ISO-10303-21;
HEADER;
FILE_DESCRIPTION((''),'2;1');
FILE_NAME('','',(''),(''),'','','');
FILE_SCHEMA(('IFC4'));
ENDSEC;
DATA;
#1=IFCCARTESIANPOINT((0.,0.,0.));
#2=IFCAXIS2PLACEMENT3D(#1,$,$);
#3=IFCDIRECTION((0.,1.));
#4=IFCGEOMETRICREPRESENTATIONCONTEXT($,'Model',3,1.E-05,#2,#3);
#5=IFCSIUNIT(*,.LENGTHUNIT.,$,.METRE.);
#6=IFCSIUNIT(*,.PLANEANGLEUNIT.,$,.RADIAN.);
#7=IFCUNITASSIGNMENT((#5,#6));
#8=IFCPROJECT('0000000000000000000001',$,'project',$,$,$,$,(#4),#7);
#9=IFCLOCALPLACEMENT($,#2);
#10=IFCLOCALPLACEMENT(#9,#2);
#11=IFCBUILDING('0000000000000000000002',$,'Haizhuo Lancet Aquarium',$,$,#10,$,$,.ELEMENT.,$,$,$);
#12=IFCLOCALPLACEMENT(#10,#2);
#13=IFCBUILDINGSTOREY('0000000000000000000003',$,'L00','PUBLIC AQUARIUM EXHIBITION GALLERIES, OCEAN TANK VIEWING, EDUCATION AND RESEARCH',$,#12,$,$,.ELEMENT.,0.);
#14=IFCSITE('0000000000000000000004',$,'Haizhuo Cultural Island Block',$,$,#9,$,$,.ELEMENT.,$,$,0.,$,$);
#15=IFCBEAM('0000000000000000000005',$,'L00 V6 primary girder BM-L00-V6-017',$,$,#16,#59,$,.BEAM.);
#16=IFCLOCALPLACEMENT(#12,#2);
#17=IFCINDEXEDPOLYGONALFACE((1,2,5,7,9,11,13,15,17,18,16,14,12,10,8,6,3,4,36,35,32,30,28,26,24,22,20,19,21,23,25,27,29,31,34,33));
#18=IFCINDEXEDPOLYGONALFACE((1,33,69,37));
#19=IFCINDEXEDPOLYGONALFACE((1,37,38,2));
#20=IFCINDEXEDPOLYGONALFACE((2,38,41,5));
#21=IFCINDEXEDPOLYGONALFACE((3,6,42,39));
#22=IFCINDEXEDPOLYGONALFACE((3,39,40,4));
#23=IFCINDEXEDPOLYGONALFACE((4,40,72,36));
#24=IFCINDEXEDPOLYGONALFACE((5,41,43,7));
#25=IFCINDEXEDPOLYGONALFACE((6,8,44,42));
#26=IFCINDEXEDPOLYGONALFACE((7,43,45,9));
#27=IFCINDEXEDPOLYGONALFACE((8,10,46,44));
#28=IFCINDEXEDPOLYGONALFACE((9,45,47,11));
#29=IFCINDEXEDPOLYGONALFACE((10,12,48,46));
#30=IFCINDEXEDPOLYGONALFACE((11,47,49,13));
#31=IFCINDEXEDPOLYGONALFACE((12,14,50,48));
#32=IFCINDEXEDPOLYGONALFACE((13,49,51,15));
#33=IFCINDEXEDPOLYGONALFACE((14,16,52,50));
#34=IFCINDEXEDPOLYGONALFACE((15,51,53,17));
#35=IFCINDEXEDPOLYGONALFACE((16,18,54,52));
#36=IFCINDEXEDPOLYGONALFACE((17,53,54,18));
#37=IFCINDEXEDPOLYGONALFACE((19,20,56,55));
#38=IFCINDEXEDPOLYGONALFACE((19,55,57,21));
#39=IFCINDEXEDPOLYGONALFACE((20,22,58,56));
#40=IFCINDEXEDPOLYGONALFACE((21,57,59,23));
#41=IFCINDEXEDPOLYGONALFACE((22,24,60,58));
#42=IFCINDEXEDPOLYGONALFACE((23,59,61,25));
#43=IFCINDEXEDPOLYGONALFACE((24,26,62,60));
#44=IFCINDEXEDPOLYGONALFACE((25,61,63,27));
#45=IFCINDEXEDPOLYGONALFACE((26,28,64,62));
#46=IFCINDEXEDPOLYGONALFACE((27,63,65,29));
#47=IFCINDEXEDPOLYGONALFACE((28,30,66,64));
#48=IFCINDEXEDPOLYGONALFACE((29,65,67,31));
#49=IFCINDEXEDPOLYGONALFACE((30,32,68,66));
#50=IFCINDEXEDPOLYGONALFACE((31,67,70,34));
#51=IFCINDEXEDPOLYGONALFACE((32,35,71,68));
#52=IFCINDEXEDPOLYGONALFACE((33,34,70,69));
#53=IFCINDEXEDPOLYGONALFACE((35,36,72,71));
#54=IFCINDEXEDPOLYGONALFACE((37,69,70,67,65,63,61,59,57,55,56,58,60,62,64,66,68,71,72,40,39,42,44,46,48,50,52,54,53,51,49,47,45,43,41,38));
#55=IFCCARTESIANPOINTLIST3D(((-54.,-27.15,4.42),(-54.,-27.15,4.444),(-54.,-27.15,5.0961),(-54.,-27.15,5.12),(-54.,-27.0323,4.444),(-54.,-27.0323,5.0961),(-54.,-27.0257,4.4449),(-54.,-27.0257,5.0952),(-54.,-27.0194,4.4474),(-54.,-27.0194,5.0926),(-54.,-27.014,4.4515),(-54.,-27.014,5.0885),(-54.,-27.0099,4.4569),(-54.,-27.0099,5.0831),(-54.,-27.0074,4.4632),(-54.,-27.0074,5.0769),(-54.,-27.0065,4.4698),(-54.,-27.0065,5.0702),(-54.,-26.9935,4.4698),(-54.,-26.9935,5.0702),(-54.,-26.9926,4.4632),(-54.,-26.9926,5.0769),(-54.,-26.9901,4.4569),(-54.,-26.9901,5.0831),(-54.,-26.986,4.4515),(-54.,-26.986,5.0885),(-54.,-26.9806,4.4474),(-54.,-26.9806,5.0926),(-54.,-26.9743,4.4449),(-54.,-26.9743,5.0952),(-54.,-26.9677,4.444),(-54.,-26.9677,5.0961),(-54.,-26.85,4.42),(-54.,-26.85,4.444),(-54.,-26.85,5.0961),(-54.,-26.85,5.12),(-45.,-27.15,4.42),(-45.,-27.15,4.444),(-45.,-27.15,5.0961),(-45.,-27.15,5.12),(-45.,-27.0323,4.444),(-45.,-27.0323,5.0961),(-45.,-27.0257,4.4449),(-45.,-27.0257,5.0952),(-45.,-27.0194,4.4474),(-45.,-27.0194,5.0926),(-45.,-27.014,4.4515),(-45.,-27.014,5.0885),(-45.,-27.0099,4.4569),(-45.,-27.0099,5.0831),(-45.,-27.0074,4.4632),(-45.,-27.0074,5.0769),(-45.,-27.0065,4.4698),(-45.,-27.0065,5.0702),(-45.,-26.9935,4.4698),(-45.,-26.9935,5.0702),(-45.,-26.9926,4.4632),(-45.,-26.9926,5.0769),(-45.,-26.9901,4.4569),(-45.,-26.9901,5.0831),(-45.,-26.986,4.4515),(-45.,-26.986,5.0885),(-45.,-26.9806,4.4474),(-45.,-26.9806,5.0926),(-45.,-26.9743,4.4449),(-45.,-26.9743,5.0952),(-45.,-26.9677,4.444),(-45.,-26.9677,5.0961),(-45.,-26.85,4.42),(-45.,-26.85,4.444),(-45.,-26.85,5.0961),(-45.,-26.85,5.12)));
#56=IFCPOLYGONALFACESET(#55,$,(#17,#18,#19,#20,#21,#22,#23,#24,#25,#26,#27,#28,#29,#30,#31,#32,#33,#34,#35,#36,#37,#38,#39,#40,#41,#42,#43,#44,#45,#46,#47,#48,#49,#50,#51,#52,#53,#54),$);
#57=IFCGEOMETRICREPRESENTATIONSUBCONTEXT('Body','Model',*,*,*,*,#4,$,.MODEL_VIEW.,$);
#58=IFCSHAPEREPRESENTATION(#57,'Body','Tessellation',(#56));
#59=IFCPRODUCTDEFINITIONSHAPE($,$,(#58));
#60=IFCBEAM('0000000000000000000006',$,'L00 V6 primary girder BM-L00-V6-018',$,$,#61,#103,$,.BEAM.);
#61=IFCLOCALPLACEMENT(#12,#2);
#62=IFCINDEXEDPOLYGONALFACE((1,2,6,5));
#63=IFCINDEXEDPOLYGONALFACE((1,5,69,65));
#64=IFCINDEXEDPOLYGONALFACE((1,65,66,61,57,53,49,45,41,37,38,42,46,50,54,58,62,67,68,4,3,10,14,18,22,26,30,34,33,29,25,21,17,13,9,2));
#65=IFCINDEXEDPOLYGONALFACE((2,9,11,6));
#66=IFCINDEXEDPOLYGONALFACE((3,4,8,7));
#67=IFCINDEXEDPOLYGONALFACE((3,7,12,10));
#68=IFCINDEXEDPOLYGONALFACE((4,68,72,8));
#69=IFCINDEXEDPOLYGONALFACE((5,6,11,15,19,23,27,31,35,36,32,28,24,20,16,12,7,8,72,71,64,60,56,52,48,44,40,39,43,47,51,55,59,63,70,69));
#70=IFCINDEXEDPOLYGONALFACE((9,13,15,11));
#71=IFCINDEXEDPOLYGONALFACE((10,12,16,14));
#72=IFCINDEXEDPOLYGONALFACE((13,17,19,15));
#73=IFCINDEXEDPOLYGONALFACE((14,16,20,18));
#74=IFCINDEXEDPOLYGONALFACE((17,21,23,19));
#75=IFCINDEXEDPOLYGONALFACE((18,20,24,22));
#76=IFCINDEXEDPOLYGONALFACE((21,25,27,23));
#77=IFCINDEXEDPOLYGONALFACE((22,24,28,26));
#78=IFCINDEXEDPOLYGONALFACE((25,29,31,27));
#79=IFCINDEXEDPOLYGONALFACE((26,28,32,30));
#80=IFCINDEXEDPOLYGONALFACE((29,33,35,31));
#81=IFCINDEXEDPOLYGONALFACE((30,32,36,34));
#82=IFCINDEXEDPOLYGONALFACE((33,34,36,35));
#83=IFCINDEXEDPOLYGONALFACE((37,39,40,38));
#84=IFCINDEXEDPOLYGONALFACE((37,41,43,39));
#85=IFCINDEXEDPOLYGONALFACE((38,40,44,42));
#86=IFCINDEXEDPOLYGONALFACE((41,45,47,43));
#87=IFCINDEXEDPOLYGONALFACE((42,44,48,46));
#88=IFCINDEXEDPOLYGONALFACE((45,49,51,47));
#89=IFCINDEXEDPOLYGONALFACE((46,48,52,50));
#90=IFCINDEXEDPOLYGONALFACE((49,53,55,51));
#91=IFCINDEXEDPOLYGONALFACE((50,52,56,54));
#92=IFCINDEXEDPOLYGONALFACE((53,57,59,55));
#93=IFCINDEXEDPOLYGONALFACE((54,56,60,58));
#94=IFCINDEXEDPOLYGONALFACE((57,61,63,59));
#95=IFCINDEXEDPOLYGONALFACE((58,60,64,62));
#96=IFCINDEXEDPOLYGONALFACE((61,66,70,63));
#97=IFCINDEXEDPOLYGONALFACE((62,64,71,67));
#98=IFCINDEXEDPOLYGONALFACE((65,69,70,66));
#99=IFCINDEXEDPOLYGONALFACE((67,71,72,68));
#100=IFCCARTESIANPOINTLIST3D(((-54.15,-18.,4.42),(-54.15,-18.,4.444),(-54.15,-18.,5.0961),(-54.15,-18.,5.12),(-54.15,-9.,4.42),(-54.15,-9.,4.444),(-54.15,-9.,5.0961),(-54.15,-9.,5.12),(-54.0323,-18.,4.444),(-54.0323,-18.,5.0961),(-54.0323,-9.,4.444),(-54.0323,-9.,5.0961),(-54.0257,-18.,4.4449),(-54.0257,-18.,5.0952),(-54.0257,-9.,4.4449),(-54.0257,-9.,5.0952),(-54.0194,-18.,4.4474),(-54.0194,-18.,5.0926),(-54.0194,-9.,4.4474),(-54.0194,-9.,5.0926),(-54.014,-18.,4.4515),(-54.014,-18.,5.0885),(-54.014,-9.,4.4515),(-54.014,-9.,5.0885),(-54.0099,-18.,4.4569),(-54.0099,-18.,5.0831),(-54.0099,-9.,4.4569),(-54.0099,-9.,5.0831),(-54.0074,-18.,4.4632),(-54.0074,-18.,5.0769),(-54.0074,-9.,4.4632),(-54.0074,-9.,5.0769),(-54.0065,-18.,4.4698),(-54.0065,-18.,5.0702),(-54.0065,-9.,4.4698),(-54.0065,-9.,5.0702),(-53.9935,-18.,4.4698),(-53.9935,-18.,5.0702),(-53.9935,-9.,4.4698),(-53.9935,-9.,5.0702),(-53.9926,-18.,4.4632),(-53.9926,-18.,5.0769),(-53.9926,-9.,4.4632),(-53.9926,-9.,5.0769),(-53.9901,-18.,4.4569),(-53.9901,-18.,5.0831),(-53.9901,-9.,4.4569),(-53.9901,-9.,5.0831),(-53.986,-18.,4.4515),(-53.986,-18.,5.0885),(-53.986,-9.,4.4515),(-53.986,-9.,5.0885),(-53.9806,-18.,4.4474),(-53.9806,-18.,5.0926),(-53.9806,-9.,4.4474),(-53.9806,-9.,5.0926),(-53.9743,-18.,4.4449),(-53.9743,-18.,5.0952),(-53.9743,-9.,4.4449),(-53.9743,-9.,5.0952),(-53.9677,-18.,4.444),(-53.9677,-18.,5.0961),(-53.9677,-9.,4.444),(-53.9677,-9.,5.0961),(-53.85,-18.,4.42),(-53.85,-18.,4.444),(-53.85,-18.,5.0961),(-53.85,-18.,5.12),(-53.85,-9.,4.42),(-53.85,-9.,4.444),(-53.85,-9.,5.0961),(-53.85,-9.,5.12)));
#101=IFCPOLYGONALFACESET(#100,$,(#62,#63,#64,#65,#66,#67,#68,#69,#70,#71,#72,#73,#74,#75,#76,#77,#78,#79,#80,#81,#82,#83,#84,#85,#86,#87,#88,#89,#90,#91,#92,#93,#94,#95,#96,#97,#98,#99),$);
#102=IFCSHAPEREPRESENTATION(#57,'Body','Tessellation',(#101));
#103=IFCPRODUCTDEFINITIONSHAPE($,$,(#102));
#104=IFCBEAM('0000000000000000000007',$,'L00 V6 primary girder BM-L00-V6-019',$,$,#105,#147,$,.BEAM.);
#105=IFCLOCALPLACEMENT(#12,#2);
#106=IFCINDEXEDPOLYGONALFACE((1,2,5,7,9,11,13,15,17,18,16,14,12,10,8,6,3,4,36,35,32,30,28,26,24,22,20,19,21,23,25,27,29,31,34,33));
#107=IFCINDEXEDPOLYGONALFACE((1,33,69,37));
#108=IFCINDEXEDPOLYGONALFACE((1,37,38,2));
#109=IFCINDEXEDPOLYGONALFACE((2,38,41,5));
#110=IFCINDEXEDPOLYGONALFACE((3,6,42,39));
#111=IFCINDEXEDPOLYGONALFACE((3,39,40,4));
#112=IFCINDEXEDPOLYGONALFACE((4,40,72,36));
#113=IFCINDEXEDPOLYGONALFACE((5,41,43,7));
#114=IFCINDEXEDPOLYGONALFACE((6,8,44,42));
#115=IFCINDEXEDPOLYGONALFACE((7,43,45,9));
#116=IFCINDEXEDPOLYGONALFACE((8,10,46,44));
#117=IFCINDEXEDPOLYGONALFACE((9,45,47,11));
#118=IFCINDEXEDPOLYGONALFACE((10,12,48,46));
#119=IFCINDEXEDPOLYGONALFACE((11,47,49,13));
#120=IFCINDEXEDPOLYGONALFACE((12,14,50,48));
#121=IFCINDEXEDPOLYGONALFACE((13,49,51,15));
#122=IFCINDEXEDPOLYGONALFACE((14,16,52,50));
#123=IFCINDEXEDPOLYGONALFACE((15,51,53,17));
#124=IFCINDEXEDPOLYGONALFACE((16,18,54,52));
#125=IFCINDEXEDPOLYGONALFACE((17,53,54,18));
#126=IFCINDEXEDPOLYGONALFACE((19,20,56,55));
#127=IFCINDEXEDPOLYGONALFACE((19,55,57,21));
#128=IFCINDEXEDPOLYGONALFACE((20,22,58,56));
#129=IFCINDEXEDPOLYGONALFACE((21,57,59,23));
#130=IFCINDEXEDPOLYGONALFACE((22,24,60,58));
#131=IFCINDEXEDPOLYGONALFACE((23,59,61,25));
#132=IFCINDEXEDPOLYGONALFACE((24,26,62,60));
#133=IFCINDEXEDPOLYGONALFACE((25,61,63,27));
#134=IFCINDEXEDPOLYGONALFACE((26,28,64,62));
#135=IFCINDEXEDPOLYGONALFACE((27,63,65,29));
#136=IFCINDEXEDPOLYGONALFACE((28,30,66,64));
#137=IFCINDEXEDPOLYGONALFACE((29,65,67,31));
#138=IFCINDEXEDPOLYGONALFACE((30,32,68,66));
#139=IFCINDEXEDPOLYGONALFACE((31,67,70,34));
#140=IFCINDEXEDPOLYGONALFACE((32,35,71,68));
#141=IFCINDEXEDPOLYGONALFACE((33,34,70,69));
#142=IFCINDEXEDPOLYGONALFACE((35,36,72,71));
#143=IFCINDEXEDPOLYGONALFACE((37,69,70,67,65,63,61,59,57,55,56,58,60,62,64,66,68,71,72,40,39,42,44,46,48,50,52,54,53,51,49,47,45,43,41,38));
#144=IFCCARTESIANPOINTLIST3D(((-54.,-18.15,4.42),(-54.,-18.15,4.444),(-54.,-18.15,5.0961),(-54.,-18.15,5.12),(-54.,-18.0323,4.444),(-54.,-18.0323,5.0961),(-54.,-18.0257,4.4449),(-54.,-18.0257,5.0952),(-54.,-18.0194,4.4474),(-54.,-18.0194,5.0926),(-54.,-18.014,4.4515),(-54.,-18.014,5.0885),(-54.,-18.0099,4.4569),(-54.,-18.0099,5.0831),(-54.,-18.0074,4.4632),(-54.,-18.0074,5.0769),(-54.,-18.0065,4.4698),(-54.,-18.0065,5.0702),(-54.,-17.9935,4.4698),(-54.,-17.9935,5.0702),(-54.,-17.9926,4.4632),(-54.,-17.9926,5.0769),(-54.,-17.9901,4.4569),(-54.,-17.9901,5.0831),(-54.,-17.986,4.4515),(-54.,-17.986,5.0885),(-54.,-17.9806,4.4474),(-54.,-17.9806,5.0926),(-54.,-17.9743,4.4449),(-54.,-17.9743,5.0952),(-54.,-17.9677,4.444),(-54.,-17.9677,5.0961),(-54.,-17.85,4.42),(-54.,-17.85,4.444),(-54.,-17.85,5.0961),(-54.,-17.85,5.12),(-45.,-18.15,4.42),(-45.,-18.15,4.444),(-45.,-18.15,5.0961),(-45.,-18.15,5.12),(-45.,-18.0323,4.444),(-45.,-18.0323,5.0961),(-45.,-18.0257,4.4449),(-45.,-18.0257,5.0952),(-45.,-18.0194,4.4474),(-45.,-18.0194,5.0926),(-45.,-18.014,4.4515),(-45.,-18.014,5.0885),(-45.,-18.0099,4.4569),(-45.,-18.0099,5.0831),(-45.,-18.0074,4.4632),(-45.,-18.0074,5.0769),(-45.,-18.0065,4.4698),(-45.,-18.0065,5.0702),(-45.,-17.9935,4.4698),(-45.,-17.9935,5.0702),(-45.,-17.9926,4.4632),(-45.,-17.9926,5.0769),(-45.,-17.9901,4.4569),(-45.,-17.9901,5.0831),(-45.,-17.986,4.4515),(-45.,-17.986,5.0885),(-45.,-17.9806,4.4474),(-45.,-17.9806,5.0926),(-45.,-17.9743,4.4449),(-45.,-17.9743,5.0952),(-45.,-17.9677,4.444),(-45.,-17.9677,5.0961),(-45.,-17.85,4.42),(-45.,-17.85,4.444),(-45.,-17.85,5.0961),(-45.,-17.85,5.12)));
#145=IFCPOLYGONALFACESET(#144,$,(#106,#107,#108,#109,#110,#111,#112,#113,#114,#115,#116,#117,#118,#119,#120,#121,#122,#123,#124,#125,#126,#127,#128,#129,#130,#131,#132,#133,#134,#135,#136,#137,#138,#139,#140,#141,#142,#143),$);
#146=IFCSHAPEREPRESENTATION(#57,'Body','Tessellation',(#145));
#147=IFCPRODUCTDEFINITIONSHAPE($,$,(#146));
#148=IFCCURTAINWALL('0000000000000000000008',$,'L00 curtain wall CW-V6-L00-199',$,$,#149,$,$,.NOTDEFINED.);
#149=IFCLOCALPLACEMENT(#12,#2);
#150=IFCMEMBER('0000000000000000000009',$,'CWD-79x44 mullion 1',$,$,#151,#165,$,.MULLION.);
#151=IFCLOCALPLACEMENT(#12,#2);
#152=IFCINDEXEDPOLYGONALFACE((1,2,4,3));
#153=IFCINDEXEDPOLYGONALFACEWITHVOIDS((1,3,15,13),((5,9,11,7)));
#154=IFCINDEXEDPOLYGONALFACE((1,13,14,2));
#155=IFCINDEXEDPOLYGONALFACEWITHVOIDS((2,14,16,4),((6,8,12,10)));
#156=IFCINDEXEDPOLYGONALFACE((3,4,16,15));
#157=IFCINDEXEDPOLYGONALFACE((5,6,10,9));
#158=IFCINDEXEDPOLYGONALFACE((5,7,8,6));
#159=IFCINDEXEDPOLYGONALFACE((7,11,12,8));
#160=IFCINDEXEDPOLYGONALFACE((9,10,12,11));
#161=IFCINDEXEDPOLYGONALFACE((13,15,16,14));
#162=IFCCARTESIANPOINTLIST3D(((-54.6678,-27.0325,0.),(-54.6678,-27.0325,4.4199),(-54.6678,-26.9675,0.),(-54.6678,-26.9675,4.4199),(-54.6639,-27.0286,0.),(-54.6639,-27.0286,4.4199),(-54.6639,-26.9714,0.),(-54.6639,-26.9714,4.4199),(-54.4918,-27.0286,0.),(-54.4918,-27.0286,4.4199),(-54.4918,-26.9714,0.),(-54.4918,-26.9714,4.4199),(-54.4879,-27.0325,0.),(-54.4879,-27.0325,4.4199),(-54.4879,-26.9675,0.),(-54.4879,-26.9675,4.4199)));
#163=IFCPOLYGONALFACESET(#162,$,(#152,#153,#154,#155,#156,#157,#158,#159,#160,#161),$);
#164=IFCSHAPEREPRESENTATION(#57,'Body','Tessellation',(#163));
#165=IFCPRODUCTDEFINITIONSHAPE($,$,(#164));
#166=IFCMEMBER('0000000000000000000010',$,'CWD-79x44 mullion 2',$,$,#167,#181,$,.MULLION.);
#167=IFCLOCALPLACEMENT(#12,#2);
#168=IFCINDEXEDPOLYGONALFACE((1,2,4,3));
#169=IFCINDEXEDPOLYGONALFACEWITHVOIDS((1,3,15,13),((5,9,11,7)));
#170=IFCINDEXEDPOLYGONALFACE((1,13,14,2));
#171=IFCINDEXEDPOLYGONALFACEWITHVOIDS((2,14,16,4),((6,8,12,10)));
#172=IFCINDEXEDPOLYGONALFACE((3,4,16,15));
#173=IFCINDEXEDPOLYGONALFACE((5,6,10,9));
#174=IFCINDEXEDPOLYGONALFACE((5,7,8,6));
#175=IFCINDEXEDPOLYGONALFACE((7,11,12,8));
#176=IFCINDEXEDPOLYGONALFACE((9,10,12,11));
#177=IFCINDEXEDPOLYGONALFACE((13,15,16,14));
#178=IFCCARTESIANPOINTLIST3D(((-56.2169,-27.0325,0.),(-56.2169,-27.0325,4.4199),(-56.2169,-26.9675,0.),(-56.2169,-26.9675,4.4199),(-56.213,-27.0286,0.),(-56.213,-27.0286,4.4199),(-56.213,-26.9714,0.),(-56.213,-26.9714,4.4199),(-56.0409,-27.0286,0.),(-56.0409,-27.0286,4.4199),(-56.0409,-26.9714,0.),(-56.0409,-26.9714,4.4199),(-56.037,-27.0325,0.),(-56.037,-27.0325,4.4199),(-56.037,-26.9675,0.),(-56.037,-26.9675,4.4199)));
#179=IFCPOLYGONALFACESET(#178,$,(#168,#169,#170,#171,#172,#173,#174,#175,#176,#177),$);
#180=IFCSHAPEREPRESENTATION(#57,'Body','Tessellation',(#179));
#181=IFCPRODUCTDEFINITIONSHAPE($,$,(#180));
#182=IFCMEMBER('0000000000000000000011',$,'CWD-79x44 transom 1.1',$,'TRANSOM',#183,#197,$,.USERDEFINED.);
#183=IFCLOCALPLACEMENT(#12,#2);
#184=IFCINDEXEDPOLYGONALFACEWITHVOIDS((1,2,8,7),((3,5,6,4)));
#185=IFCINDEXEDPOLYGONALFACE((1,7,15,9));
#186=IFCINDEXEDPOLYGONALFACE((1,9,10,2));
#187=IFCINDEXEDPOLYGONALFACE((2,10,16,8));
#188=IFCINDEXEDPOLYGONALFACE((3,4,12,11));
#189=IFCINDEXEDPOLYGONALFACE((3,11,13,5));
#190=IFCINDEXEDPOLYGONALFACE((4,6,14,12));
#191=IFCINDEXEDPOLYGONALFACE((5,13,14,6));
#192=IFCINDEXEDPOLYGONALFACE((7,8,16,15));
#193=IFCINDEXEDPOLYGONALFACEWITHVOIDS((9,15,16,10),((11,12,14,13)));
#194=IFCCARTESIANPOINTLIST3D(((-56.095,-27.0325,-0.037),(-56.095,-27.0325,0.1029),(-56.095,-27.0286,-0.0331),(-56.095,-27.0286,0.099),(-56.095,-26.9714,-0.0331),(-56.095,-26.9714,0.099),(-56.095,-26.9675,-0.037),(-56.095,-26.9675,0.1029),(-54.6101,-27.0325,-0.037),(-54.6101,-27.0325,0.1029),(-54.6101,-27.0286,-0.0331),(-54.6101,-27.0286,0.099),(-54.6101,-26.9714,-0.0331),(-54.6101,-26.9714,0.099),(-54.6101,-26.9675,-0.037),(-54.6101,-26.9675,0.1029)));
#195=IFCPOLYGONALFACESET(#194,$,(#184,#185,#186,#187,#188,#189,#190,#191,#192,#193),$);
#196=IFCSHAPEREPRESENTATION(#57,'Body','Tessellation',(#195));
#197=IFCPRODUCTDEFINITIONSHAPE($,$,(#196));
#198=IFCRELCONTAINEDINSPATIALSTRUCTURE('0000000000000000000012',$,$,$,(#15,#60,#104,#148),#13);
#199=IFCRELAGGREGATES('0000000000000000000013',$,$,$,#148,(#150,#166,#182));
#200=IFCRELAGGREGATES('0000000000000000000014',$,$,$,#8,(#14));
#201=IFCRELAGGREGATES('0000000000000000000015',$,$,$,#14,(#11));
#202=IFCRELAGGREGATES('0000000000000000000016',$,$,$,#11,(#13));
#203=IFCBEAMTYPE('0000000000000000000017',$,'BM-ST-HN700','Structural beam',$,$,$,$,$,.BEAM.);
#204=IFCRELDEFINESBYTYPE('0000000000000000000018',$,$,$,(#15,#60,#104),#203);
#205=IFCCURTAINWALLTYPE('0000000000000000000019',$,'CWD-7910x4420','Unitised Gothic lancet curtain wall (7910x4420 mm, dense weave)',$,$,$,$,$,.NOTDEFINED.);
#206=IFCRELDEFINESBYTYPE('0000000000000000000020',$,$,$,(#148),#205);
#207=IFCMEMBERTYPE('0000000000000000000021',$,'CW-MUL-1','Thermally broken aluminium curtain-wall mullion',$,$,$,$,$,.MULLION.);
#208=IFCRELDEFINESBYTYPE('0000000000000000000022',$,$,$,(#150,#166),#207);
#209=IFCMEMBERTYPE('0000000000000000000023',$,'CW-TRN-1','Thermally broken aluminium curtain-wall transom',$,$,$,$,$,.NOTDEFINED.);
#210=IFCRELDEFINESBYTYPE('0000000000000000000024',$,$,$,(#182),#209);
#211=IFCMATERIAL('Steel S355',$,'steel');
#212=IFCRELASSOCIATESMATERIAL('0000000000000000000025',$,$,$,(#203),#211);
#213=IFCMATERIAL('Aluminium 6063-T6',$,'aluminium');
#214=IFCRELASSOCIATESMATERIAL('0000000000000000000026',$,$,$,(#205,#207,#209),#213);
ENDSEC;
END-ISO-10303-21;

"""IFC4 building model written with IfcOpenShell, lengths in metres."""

from ifc_helpers import new_model, si_unit, direction, frame, origin, origin_2d, place, context, subcontext, project, spatial, hollow_rectangle, i_section, extrude, material, material_profile, profile_set, type_object, element, aggregate, save


model = new_model("IFC4")

# Units and contexts
model_context = context("Model", 3, precision=1e-05, world=origin(), true_north=direction((0.0, 1.0)))
body_context = subcontext(model_context, "Body", "Model", "MODEL_VIEW")
ifc_project = project(units=[si_unit("LENGTHUNIT", "METRE"), si_unit("PLANEANGLEUNIT", "RADIAN")], contexts=[model_context])

# Site, building, storey
site_placement = place(None, origin())
site = spatial("IfcSite", under=ifc_project, at=site_placement, Name="Haizhuo Cultural Island Block", CompositionType="ELEMENT", RefElevation=0.0)
building_placement = place(site_placement, origin())
building = spatial("IfcBuilding", under=site, at=building_placement, Name="Haizhuo Lancet Aquarium", CompositionType="ELEMENT")
storey_placement = place(building_placement, origin())
storey = spatial("IfcBuildingStorey", under=building, at=storey_placement, Name="L00", Description="PUBLIC AQUARIUM EXHIBITION GALLERIES, OCEAN TANK VIEWING, EDUCATION AND RESEARCH", CompositionType="ELEMENT", Elevation=0.0)

# Beams
ifc_material_1 = material(Name="Steel S355", Category="steel")
ifc_material_profile_1 = material_profile(ifc_material_1, i_section(OverallWidth=0.3, OverallDepth=0.7, WebThickness=0.0129, FlangeThickness=0.0239, FilletRadius=0.0259, at=origin_2d()), Name="HN 700x300x13x24")
ifc_profile_set_1 = profile_set([ifc_material_profile_1], Name="Steel S355")
beam_type_1 = type_object("IfcBeamType", Name="BM-ST-HN700", Description="Structural beam", PredefinedType="BEAM", material=ifc_profile_set_1)
for number, where, z_axis, x_axis, name in (
    (1, (-54.0, -27.0, 4.77), (1.0, 0.0, 0.0), (0.0, 1.0, 0.0), "L00 V6 primary girder BM-L00-V6-017"),
    (2, (-54.0, -18.0, 4.77), (0.0, 1.0, 0.0), (-1.0, 0.0, 0.0), "L00 V6 primary girder BM-L00-V6-018"),
    (3, (-54.0, -18.0, 4.77), (1.0, 0.0, 0.0), (0.0, 1.0, 0.0), "L00 V6 primary girder BM-L00-V6-019"),
):
    element("IfcBeam", number, at=place(storey_placement, frame(where, z_axis=z_axis, x_axis=x_axis)), inside=storey, type_object=beam_type_1, Name=name, PredefinedType="BEAM", context=body_context, shape_type="SweptSolid", body=[
        extrude(i_section(OverallWidth=0.3, OverallDepth=0.7, WebThickness=0.0129, FlangeThickness=0.0239, FilletRadius=0.0259, at=origin_2d()), origin(), (0.0, 0.0, 1.0), 9.0),
    ])

# Curtain wall, members
ifc_material_2 = material(Name="Aluminium 6063-T6", Category="aluminium")
curtain_wall_type = type_object("IfcCurtainWallType", Name="CWD-7910x4420", Description="Unitised Gothic lancet curtain wall (7910x4420 mm, dense weave)", PredefinedType="NOTDEFINED", material=ifc_material_2)
curtain_wall_placement = place(storey_placement, origin())
curtain_wall = element("IfcCurtainWall", 4, at=curtain_wall_placement, inside=storey, type_object=curtain_wall_type, Name="L00 curtain wall CW-V6-L00-199", PredefinedType="NOTDEFINED")
ifc_material_profile_2 = material_profile(ifc_material_2, hollow_rectangle(XDim=0.0649, YDim=0.1799, WallThickness=0.0039, at=origin_2d()), Name="ALU-M 65x180x4")
ifc_profile_set_2 = profile_set([ifc_material_profile_2], Name="Aluminium 6063-T6")
member_type_1 = type_object("IfcMemberType", Name="CW-MUL-1", Description="Thermally broken aluminium curtain-wall mullion", PredefinedType="MULLION", material=ifc_profile_set_2)
member_1_placement = place(storey_placement, frame((-54.5779, -27.0, 0.0), z_axis=(0.0, 0.0, 1.0), x_axis=(0.0, -1.0, 0.0)))
member_1 = element("IfcMember", 5, at=member_1_placement, type_object=member_type_1, Name="CWD-79x44 mullion 1", PredefinedType="MULLION", context=body_context, shape_type="SweptSolid", body=[
    extrude(hollow_rectangle(XDim=0.0649, YDim=0.1799, WallThickness=0.0039, at=origin_2d()), origin(), (0.0, 0.0, 1.0), 4.4199),
])
member_2_placement = place(storey_placement, frame((-56.127, -27.0, 0.0), z_axis=(0.0, 0.0, 1.0), x_axis=(0.0, -1.0, 0.0)))
member_2 = element("IfcMember", 6, at=member_2_placement, type_object=member_type_1, Name="CWD-79x44 mullion 2", PredefinedType="MULLION", context=body_context, shape_type="SweptSolid", body=[
    extrude(hollow_rectangle(XDim=0.0649, YDim=0.1799, WallThickness=0.0039, at=origin_2d()), origin(), (0.0, 0.0, 1.0), 4.4199),
])
ifc_material_profile_3 = material_profile(ifc_material_2, hollow_rectangle(XDim=0.0649, YDim=0.1399, WallThickness=0.0039, at=origin_2d()), Name="ALU-T 65x140x4")
ifc_profile_set_3 = profile_set([ifc_material_profile_3], Name="Aluminium 6063-T6")
member_type_2 = type_object("IfcMemberType", Name="CW-TRN-1", Description="Thermally broken aluminium curtain-wall transom", PredefinedType="NOTDEFINED", material=ifc_profile_set_3)
member_3_placement = place(storey_placement, frame((-54.6101, -27.0, 0.033), z_axis=(-1.0, 0.0, 0.0), x_axis=(0.0, -1.0, 0.0)))
member_3 = element("IfcMember", 7, at=member_3_placement, type_object=member_type_2, Name="CWD-79x44 transom 1.1", ObjectType="TRANSOM", PredefinedType="USERDEFINED", context=body_context, shape_type="SweptSolid", body=[
    extrude(hollow_rectangle(XDim=0.0649, YDim=0.1399, WallThickness=0.0039, at=origin_2d()), origin(), (0.0, 0.0, 1.0), 1.4849),
])

aggregate(curtain_wall, [member_1, member_2, member_3])

save(model, "model.ifc")
